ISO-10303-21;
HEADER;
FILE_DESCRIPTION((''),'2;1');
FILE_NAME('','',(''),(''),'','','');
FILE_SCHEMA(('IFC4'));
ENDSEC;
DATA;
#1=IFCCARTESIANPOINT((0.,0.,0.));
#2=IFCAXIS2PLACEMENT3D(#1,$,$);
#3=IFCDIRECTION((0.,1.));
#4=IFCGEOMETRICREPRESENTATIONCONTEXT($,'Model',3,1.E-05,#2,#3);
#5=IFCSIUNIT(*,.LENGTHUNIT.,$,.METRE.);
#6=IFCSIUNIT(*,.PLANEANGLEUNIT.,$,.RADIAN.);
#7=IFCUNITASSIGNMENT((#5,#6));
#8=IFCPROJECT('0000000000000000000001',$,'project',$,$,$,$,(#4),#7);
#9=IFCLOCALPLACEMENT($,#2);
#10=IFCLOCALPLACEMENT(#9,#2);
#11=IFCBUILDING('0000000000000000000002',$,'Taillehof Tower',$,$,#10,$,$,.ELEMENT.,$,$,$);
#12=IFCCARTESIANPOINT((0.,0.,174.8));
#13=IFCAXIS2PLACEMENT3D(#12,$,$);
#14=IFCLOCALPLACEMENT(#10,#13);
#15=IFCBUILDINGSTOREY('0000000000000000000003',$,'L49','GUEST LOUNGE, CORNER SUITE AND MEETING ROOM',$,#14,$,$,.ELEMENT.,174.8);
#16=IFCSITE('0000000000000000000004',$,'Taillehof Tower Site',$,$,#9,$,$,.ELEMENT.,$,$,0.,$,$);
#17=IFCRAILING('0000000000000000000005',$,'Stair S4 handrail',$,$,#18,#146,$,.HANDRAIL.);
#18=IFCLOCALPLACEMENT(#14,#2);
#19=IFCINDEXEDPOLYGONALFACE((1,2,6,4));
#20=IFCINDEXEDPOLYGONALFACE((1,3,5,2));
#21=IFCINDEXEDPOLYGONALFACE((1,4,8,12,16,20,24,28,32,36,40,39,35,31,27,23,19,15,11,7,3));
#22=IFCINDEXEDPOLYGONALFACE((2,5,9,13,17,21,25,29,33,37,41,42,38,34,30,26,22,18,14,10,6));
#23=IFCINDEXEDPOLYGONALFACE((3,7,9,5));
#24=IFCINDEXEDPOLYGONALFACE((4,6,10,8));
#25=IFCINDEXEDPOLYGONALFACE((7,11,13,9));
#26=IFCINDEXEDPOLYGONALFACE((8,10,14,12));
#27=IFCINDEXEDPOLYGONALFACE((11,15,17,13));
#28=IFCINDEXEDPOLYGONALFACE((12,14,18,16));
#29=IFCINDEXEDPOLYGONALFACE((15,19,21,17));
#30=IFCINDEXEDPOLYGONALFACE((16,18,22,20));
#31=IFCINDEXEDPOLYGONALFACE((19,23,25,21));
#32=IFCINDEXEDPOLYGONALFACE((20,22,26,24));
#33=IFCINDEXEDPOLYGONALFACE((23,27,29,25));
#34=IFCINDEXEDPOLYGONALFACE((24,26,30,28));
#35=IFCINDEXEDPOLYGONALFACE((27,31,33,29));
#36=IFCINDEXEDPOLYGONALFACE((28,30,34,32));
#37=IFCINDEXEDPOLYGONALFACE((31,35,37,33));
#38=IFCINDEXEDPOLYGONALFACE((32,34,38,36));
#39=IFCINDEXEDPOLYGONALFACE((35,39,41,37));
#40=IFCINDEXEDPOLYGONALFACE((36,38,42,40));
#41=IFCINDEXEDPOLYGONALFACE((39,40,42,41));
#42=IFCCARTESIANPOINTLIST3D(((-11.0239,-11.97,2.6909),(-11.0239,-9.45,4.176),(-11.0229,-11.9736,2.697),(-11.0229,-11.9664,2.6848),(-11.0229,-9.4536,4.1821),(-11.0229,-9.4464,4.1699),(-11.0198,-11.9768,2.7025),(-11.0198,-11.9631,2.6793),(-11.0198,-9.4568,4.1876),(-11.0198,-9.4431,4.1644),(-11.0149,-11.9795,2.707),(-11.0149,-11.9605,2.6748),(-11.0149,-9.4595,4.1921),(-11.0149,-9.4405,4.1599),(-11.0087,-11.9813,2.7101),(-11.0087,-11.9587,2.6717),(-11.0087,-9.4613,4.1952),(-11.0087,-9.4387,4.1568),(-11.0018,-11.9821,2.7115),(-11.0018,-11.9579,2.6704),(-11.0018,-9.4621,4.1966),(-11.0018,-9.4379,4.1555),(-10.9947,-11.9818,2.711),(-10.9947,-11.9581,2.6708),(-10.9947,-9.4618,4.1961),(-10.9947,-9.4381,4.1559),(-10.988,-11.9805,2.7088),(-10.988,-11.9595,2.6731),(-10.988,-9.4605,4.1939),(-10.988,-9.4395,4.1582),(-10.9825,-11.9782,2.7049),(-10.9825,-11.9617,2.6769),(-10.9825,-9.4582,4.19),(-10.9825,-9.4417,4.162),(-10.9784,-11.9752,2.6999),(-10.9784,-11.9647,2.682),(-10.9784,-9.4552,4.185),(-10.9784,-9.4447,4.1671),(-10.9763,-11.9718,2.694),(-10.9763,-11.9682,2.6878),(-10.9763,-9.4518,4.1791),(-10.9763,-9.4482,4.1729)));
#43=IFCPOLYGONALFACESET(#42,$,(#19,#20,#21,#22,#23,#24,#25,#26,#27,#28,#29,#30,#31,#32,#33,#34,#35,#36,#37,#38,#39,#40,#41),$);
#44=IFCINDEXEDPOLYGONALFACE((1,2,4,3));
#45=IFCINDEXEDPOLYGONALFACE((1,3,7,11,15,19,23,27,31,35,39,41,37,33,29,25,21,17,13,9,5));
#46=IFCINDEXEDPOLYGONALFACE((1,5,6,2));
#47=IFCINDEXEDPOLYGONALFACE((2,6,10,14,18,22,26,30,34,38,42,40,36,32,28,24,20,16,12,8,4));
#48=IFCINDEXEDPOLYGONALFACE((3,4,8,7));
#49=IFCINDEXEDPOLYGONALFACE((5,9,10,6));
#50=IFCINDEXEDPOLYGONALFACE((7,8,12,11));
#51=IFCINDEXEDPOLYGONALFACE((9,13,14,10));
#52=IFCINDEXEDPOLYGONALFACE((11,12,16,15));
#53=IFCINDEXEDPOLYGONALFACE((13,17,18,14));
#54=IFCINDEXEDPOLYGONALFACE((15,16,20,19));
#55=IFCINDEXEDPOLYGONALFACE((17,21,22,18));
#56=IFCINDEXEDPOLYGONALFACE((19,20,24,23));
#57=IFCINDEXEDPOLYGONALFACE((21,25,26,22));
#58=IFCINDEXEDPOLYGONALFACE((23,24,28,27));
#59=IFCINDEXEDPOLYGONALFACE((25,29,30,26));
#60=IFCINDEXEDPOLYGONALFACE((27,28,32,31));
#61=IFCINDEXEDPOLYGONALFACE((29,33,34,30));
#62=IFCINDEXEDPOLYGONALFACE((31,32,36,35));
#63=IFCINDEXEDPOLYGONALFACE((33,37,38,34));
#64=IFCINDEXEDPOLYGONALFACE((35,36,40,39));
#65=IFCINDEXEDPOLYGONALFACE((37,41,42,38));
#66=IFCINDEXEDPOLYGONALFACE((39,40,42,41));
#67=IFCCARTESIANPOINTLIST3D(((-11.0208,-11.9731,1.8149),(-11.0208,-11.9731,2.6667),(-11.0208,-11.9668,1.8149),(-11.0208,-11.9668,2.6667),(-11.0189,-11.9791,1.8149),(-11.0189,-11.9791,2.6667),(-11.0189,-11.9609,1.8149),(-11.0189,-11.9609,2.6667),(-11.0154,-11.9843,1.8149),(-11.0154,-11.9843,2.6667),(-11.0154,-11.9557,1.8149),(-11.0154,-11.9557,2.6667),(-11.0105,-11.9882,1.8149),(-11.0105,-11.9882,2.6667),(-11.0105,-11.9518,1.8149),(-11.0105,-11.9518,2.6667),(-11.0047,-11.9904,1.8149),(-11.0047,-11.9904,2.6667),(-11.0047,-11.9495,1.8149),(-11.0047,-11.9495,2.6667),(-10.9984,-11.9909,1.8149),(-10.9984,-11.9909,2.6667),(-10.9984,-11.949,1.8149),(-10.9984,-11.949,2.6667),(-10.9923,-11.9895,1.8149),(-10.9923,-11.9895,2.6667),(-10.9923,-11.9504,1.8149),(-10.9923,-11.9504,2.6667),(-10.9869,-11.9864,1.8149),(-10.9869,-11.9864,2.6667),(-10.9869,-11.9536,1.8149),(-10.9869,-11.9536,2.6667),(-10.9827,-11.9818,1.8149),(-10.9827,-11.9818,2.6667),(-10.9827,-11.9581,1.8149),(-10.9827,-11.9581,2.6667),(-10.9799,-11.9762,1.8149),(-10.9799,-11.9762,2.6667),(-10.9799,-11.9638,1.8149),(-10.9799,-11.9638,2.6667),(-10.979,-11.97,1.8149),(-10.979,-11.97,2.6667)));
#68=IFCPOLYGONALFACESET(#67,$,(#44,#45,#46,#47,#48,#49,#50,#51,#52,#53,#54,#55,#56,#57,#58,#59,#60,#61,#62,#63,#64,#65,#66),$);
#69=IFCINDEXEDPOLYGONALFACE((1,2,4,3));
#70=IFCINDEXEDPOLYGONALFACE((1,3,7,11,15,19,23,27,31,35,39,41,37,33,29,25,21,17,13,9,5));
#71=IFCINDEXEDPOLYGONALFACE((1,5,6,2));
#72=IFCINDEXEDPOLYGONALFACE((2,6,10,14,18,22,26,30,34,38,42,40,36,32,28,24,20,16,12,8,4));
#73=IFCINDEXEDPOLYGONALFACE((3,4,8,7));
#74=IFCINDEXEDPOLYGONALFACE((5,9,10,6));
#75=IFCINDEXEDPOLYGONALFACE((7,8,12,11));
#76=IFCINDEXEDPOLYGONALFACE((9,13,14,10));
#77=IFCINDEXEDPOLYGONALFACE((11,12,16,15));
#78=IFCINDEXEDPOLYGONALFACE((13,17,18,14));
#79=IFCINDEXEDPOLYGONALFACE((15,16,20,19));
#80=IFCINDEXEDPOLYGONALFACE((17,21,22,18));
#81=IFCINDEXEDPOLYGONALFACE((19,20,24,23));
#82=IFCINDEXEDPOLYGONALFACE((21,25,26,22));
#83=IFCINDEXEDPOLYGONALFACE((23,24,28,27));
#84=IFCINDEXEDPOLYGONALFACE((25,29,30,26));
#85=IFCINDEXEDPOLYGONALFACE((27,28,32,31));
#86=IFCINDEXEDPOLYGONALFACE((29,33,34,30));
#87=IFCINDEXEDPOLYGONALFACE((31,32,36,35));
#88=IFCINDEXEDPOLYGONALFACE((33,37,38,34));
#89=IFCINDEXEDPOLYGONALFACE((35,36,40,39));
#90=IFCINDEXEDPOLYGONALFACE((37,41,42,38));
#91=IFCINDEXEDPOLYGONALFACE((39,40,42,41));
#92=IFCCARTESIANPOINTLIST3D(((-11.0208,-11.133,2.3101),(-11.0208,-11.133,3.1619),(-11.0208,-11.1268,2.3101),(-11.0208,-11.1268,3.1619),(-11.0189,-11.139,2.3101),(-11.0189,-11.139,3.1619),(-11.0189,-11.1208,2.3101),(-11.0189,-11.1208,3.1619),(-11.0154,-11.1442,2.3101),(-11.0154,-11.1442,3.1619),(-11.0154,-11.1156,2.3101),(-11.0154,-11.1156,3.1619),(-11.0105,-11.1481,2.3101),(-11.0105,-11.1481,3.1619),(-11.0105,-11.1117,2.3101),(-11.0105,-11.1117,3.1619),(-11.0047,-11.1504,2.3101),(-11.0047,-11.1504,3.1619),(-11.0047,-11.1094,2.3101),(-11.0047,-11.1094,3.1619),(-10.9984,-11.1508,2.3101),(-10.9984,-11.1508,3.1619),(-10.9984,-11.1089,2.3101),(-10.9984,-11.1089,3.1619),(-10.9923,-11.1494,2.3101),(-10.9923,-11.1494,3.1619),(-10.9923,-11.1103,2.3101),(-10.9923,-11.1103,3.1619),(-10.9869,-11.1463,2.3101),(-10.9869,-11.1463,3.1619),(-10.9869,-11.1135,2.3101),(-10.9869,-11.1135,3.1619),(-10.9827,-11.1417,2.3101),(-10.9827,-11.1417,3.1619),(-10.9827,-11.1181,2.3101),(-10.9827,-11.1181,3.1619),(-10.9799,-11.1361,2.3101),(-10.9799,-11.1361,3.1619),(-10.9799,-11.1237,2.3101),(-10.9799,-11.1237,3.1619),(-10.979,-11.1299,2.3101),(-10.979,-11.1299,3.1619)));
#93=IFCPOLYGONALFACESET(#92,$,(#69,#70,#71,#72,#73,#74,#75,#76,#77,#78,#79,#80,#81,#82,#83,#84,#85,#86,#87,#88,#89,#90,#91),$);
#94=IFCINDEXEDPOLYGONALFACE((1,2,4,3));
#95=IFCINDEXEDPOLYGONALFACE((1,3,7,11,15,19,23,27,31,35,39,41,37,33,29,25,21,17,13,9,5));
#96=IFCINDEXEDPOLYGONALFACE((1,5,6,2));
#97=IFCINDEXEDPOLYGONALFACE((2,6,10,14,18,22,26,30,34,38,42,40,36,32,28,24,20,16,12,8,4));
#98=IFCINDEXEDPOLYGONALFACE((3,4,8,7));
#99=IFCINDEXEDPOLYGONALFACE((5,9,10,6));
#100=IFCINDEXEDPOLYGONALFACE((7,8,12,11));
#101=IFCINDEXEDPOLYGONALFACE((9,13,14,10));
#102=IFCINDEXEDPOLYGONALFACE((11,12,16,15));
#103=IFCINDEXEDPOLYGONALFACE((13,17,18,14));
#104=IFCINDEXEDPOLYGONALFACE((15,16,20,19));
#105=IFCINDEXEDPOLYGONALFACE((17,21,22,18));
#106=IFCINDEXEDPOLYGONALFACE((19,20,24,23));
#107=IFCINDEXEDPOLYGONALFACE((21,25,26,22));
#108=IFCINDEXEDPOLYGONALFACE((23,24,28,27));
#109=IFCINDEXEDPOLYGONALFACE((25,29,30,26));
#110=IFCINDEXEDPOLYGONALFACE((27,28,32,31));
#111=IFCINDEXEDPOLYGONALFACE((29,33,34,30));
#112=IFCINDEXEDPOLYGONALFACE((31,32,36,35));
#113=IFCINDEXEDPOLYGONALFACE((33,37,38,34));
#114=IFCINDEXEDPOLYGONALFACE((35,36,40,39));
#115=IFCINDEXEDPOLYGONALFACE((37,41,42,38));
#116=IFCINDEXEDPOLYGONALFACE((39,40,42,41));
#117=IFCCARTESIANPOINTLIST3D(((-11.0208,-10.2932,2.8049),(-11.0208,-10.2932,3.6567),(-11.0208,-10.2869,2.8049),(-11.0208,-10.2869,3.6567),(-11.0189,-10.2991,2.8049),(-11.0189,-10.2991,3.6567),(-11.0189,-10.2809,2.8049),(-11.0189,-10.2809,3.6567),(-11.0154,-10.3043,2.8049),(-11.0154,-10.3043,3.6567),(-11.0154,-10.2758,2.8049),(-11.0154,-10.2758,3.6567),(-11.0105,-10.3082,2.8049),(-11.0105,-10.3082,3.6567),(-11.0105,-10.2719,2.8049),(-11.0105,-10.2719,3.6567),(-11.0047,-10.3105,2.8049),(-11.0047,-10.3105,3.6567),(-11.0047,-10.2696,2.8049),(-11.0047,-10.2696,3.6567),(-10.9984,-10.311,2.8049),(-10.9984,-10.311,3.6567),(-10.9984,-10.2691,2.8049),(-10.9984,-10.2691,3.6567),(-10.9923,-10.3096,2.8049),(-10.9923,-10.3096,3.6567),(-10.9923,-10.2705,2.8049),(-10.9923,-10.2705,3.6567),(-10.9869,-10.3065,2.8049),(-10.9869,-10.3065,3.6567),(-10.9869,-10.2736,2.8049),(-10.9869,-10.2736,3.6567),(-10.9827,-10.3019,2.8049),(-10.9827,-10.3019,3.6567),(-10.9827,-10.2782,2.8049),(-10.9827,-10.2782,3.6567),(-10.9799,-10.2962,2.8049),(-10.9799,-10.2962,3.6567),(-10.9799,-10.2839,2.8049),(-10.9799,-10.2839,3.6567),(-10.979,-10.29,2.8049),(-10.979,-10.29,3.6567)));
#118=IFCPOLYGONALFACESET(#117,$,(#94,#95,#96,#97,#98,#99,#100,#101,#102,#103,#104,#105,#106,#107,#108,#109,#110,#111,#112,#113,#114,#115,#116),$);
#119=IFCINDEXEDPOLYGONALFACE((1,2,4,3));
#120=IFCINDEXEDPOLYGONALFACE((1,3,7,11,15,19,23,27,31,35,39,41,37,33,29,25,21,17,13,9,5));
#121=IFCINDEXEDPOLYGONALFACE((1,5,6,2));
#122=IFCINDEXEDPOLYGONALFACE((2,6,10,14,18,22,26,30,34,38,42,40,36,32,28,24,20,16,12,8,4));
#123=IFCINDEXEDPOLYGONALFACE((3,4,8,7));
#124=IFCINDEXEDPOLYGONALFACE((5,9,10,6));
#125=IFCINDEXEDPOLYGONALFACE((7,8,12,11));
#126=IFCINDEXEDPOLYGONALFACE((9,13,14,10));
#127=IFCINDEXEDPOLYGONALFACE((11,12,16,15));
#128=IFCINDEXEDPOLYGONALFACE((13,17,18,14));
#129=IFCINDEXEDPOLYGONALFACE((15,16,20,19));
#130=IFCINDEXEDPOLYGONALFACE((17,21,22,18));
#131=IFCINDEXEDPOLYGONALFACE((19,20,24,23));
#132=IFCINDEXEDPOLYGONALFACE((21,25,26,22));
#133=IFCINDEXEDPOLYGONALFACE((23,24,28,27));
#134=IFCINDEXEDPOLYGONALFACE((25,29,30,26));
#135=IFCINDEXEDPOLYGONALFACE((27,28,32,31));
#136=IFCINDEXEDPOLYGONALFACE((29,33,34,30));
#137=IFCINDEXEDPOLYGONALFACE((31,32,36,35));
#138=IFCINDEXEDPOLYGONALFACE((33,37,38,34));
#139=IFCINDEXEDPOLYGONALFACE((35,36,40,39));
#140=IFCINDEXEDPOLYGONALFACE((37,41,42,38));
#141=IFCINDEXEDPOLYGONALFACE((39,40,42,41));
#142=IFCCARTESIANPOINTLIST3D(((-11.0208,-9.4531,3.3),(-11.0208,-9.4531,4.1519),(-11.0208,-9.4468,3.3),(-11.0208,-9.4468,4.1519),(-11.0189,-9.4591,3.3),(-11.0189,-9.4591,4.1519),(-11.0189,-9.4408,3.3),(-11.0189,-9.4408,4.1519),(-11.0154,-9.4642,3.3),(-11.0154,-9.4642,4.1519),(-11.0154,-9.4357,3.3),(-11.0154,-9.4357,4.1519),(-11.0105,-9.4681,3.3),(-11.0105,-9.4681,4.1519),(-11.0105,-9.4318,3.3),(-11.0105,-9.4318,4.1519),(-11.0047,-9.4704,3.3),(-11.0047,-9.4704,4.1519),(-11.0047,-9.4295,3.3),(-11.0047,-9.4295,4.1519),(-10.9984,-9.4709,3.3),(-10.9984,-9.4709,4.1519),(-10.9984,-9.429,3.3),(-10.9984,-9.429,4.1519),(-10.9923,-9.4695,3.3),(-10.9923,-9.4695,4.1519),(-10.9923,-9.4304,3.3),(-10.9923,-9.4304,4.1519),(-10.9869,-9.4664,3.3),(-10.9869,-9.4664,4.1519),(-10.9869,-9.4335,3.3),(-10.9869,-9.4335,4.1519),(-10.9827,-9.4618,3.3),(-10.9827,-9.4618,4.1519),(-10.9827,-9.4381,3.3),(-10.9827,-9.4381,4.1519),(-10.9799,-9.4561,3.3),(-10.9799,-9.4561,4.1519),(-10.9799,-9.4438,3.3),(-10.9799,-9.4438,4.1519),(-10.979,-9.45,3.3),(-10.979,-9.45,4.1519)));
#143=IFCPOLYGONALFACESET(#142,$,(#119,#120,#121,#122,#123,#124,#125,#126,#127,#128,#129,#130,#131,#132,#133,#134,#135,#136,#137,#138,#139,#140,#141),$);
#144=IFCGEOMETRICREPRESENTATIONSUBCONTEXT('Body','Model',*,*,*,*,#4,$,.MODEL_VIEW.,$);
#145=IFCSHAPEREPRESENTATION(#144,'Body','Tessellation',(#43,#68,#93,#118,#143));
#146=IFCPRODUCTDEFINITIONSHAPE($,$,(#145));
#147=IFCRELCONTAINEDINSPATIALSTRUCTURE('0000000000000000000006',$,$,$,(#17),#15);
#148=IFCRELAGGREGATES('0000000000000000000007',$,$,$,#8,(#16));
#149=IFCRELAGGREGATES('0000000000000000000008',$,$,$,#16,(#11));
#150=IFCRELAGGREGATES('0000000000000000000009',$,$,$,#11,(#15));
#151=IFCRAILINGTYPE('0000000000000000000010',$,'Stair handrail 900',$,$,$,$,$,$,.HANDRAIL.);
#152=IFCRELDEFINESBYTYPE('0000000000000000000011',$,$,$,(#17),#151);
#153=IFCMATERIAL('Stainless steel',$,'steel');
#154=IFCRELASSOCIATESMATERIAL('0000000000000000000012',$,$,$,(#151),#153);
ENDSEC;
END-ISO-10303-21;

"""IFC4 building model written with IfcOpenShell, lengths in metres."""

from ifc_helpers import new_model, si_unit, direction, frame, origin, origin_2d, place, context, subcontext, project, spatial, circle, extrude, material, type_object, element, save


model = new_model("IFC4")

# Units and contexts
model_context = context("Model", 3, precision=1e-05, world=origin(), true_north=direction((0.0, 1.0)))
body_context = subcontext(model_context, "Body", "Model", "MODEL_VIEW")
ifc_project = project(units=[si_unit("LENGTHUNIT", "METRE"), si_unit("PLANEANGLEUNIT", "RADIAN")], contexts=[model_context])

# Site, building, storey
site_placement = place(None, origin())
site = spatial("IfcSite", under=ifc_project, at=site_placement, Name="Taillehof Tower Site", CompositionType="ELEMENT", RefElevation=0.0)
building_placement = place(site_placement, origin())
building = spatial("IfcBuilding", under=site, at=building_placement, Name="Taillehof Tower", CompositionType="ELEMENT")
storey_placement = place(building_placement, frame((0.0, 0.0, 174.8)))
storey = spatial("IfcBuildingStorey", under=building, at=storey_placement, Name="L49", Description="GUEST LOUNGE, CORNER SUITE AND MEETING ROOM", CompositionType="ELEMENT", Elevation=174.8)

# Railing
ifc_material_1 = material(Name="Stainless steel", Category="steel")
railing_type = type_object("IfcRailingType", Name="Stair handrail 900", PredefinedType="HANDRAIL", material=ifc_material_1)
railing_1_placement = place(storey_placement, frame((-11.0, -11.97, 1.8149)))
element("IfcRailing", 1, at=railing_1_placement, inside=storey, type_object=railing_type, Name="Stair S4 handrail", PredefinedType="HANDRAIL", context=body_context, shape_type="SweptSolid", body=[
    extrude(circle(Radius=0.0239, at=origin_2d()), frame((0.0, 0.0, 0.876), z_axis=(0.0, 0.861524, 0.507717), x_axis=(-1.0, 0.0, 0.0)), (0.0, 0.0, 1.0), 2.925),
    extrude(circle(Radius=0.021, at=origin_2d()), origin(), (0.0, 0.0, 1.0), 0.8518),
    extrude(circle(Radius=0.021, at=origin_2d()), frame((0.0, 0.8401, 0.4951)), (0.0, 0.0, 1.0), 0.8518),
    extrude(circle(Radius=0.021, at=origin_2d()), frame((0.0, 1.6799, 0.99)), (0.0, 0.0, 1.0), 0.8518),
    extrude(circle(Radius=0.021, at=origin_2d()), frame((0.0, 2.52, 1.4851)), (0.0, 0.0, 1.0), 0.8518),
])

save(model, "model.ifc")
